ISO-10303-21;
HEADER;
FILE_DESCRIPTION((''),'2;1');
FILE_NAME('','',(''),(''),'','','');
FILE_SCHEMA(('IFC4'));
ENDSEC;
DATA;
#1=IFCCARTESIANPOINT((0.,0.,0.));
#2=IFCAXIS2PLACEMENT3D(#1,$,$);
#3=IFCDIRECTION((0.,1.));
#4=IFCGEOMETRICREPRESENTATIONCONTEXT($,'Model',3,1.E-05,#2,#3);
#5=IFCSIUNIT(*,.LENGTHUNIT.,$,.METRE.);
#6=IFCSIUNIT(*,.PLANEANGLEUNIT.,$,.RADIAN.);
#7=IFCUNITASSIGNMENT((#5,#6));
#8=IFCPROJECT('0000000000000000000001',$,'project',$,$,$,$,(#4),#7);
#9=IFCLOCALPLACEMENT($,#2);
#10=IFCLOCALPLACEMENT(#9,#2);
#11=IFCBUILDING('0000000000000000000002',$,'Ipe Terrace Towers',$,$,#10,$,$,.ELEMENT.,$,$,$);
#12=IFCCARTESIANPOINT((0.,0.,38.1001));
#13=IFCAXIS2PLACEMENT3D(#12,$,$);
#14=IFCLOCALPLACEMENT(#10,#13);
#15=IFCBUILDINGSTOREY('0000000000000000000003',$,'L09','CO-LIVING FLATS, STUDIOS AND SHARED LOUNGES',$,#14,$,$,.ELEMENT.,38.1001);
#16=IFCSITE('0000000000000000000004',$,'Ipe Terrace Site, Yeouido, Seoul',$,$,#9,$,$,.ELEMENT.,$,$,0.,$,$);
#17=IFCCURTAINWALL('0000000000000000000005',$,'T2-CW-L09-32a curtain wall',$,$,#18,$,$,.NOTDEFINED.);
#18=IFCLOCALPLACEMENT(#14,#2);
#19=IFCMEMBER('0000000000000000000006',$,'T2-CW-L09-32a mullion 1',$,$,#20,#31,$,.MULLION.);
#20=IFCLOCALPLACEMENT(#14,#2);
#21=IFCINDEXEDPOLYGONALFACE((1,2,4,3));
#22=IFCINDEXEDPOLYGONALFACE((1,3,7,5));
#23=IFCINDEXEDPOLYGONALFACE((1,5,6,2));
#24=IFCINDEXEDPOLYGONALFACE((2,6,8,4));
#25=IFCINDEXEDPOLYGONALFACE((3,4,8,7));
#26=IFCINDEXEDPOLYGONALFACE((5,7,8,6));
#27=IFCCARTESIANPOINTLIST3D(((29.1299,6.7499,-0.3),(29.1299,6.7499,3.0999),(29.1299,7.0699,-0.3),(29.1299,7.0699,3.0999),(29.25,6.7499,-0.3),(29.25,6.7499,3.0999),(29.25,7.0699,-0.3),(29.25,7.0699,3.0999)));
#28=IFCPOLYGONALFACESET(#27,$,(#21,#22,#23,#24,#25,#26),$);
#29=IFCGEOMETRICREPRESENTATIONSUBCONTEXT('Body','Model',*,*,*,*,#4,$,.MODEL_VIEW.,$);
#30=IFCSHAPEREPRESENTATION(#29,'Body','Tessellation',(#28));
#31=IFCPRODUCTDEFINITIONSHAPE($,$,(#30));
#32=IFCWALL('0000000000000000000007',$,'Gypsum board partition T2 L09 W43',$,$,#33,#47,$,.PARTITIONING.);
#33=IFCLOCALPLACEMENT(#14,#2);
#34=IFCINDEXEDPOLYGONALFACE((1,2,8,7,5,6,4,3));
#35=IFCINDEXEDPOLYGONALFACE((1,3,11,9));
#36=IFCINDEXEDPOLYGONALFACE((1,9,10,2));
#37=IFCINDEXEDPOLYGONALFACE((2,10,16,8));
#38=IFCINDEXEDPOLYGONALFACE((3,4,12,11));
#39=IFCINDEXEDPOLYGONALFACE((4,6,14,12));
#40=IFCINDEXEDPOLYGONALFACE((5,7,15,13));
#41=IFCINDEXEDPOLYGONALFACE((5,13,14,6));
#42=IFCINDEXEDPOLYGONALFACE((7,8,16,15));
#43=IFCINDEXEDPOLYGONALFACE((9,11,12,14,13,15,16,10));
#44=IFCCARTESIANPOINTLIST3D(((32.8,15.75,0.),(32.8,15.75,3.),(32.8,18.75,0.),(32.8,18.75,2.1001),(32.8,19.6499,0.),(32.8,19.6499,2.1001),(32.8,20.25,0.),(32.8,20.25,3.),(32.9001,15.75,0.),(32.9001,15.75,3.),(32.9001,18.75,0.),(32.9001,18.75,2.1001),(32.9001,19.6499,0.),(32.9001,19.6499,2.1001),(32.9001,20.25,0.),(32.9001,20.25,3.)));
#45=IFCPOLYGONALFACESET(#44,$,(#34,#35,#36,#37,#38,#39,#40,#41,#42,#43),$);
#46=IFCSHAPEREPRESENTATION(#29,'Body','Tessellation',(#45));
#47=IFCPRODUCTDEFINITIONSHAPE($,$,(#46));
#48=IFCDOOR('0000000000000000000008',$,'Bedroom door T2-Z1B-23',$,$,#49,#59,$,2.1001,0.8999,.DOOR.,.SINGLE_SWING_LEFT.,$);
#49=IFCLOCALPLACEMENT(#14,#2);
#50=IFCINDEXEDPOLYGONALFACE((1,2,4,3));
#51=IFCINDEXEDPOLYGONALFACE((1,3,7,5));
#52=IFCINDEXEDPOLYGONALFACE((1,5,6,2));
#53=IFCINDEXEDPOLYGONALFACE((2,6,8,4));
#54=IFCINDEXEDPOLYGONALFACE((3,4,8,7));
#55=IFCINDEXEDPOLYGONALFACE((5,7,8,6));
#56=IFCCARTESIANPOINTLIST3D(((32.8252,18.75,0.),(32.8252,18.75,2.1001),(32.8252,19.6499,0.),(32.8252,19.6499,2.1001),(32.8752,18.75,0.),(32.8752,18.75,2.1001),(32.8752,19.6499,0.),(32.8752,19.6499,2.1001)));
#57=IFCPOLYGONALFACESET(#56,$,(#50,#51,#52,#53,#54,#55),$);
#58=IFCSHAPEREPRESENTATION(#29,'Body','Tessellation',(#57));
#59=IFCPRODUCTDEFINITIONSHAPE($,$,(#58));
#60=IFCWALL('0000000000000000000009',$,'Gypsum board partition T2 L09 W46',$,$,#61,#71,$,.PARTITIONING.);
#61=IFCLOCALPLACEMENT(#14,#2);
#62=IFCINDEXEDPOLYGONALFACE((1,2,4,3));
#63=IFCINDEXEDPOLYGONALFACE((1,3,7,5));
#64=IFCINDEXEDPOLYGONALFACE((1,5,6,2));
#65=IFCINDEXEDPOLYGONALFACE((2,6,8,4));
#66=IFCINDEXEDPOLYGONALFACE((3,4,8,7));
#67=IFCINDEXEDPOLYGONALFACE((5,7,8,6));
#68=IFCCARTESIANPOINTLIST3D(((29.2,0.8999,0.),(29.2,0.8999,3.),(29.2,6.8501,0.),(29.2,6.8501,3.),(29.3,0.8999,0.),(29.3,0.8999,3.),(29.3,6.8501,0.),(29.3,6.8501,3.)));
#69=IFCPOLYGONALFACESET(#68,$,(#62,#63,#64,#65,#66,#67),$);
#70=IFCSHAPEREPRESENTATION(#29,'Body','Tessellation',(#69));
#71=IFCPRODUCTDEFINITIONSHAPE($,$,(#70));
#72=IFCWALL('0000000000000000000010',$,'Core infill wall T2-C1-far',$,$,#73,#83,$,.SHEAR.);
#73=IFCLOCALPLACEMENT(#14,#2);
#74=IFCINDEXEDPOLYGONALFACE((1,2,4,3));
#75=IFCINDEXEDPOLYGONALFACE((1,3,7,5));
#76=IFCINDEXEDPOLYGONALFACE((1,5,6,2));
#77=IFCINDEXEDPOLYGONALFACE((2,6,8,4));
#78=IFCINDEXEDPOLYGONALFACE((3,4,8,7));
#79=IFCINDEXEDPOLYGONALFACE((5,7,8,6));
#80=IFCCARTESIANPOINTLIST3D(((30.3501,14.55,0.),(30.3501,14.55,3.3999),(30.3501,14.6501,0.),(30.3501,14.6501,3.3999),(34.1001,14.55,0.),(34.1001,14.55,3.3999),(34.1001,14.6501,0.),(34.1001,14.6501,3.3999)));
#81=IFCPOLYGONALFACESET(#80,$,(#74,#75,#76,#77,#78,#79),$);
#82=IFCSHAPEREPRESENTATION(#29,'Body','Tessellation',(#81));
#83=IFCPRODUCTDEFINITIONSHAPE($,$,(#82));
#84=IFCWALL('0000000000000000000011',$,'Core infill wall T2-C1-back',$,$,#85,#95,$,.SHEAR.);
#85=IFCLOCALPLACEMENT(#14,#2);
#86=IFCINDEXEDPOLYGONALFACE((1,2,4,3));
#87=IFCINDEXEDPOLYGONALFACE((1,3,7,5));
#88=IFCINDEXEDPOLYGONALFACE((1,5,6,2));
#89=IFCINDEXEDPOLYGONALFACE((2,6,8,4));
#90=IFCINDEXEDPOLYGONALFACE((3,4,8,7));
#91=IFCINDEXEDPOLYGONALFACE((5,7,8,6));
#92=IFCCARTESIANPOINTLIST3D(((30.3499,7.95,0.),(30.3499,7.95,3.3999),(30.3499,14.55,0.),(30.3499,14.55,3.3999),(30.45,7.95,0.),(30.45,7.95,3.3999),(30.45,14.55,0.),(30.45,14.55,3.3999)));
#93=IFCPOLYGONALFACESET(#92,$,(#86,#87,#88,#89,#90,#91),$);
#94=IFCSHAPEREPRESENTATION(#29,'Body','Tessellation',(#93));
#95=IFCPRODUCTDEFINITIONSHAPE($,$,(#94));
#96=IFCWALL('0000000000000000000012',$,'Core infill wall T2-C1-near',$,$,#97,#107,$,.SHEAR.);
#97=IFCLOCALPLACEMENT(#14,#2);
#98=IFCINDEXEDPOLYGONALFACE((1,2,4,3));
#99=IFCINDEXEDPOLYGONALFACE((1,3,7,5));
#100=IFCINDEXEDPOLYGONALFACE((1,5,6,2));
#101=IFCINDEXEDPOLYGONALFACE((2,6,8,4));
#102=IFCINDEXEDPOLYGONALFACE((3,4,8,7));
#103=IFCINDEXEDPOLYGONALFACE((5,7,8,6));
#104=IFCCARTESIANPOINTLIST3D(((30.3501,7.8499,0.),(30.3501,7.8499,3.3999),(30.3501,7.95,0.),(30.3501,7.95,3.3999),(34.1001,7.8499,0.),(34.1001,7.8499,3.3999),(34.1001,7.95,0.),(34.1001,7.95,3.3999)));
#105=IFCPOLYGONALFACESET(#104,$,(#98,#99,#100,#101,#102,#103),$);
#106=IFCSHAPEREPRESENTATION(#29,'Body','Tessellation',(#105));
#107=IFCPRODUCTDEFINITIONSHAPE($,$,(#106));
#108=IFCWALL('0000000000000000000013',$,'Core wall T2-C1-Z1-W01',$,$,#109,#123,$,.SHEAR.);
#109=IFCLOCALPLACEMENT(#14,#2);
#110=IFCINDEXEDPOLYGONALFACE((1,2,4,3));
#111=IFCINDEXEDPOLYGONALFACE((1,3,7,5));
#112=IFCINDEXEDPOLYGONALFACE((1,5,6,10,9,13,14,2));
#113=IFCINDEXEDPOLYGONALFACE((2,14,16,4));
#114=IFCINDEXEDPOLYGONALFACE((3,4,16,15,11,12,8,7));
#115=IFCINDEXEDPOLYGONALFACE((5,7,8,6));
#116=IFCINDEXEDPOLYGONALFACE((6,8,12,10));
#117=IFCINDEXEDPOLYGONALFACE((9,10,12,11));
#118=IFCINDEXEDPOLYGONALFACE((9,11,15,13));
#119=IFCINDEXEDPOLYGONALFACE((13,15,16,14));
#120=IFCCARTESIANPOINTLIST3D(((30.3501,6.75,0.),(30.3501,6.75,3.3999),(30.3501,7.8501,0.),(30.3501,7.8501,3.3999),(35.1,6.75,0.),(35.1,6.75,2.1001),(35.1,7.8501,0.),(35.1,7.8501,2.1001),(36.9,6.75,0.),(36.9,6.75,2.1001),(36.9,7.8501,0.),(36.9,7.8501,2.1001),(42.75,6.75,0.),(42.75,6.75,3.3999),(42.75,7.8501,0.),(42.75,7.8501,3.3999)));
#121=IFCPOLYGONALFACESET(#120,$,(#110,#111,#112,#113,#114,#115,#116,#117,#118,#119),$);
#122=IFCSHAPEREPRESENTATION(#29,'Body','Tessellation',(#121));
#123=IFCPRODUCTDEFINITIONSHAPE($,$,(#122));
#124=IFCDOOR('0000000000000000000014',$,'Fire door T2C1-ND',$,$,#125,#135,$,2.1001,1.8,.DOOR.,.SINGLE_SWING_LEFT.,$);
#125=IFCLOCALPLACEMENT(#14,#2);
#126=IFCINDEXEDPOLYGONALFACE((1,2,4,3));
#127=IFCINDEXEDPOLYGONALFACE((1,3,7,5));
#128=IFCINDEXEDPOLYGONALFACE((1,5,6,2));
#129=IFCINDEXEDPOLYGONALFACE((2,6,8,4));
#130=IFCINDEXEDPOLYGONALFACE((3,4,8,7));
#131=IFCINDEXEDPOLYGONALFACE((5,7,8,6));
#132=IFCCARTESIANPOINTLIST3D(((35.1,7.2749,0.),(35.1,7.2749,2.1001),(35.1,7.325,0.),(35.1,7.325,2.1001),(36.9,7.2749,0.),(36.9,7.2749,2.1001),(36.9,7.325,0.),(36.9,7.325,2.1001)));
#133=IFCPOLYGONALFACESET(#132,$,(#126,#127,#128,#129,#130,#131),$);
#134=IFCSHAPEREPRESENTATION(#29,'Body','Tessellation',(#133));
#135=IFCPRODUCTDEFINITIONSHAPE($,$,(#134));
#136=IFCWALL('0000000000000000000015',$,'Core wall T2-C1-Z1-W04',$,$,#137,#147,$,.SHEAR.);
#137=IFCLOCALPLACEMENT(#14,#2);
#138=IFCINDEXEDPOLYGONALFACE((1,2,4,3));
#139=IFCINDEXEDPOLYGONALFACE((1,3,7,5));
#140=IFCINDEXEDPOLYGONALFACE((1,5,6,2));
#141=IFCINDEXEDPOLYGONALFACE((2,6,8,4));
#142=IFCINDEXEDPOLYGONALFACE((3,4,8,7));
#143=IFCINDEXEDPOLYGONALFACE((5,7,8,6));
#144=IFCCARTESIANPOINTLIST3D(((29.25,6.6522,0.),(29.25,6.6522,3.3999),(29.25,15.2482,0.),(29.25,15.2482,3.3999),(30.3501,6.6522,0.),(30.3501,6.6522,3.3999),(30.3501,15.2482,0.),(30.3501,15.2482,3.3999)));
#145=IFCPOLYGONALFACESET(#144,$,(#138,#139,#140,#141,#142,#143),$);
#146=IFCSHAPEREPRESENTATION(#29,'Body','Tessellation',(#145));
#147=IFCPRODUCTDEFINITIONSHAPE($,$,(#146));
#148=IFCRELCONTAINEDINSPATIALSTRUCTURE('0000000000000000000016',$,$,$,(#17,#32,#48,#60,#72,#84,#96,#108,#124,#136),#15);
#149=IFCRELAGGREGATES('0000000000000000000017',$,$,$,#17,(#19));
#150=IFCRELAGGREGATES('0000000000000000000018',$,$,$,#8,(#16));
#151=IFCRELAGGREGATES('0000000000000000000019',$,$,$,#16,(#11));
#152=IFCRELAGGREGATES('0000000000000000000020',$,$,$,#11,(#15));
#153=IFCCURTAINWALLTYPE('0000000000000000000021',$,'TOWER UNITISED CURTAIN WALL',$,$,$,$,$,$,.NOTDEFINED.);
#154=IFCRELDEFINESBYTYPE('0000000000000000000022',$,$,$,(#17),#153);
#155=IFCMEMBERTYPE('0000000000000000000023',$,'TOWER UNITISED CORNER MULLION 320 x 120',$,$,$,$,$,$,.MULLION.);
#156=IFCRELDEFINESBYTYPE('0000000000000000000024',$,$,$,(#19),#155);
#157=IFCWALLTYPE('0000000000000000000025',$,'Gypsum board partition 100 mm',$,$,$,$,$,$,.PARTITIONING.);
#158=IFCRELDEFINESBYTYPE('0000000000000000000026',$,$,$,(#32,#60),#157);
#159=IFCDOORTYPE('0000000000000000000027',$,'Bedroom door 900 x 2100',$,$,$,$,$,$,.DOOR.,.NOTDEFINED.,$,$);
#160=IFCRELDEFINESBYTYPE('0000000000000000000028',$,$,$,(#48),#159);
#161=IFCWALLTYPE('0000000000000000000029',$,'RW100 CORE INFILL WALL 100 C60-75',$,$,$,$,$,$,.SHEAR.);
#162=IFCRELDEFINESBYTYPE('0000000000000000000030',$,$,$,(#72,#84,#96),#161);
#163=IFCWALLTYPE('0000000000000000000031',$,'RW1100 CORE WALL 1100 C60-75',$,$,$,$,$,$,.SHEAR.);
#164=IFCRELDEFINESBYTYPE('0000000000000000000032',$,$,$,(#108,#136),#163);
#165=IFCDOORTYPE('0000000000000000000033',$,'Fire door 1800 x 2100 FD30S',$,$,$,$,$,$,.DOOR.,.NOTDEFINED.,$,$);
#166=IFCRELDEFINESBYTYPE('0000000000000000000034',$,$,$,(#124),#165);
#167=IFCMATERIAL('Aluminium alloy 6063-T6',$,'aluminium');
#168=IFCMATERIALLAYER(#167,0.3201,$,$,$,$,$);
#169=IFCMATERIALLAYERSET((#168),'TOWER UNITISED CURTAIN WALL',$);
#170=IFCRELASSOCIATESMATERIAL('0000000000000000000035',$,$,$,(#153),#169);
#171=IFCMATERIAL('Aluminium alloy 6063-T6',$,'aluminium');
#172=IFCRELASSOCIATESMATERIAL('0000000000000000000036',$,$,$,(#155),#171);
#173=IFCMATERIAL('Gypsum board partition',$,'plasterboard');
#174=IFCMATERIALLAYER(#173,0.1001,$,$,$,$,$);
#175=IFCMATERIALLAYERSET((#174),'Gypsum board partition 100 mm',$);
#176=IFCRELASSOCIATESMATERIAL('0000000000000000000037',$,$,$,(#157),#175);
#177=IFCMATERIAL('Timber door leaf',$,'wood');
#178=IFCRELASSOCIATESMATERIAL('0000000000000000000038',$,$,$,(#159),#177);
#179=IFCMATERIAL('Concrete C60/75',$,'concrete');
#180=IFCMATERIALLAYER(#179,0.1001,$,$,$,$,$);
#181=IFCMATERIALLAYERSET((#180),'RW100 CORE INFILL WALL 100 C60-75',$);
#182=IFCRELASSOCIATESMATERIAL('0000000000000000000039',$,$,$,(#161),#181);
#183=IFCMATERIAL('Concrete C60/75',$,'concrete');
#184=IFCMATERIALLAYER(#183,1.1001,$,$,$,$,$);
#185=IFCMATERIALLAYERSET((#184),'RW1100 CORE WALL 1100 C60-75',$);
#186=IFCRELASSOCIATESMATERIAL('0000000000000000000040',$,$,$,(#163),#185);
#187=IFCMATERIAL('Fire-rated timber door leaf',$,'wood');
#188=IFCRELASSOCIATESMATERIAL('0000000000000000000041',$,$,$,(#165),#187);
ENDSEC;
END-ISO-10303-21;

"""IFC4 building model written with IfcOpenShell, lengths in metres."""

from ifc_helpers import new_model, si_unit, direction, frame, frame_2d, origin, origin_2d, place, context, subcontext, project, spatial, rectangle, extrude, material, layer, layer_set, material_profile, profile_set, type_object, element, fill, aggregate, save


model = new_model("IFC4")

# Units and contexts
model_context = context("Model", 3, precision=1e-05, world=origin(), true_north=direction((0.0, 1.0)))
body_context = subcontext(model_context, "Body", "Model", "MODEL_VIEW")
ifc_project = project(units=[si_unit("LENGTHUNIT", "METRE"), si_unit("PLANEANGLEUNIT", "RADIAN")], contexts=[model_context])

# Site, building, storey
site_placement = place(None, origin())
site = spatial("IfcSite", under=ifc_project, at=site_placement, Name="Ipe Terrace Site, Yeouido, Seoul", CompositionType="ELEMENT", RefElevation=0.0)
building_placement = place(site_placement, origin())
building = spatial("IfcBuilding", under=site, at=building_placement, Name="Ipe Terrace Towers", CompositionType="ELEMENT")
storey_placement = place(building_placement, frame((0.0, 0.0, 38.1001)))
storey = spatial("IfcBuildingStorey", under=building, at=storey_placement, Name="L09", Description="CO-LIVING FLATS, STUDIOS AND SHARED LOUNGES", CompositionType="ELEMENT", Elevation=38.1001)

# Curtain wall, member
ifc_material_1 = material(Name="Aluminium alloy 6063-T6", Category="aluminium")
ifc_layer_1 = layer(ifc_material_1, 0.3201)
ifc_layer_set_1 = layer_set([ifc_layer_1], Name="TOWER UNITISED CURTAIN WALL")
curtain_wall_type = type_object("IfcCurtainWallType", Name="TOWER UNITISED CURTAIN WALL", PredefinedType="NOTDEFINED", material=ifc_layer_set_1)
curtain_wall_placement = place(storey_placement, origin())
curtain_wall = element("IfcCurtainWall", 1, at=curtain_wall_placement, inside=storey, type_object=curtain_wall_type, Name="T2-CW-L09-32a curtain wall", PredefinedType="NOTDEFINED")
ifc_material_2 = material(Name="Aluminium alloy 6063-T6", Category="aluminium")
ifc_material_profile_1 = material_profile(ifc_material_2, rectangle(XDim=0.3201, YDim=0.1201, at=origin_2d()), Name="TOWER UNITISED CORNER MULLION 320 x 120")
ifc_profile_set_1 = profile_set([ifc_material_profile_1], Name="Aluminium alloy 6063-T6")
member_type = type_object("IfcMemberType", Name="TOWER UNITISED CORNER MULLION 320 x 120", PredefinedType="MULLION", material=ifc_profile_set_1)
member_placement = place(storey_placement, frame((29.1899, 6.9099, -0.3), z_axis=(0.0, 0.0, 1.0), x_axis=(0.0, 1.0, 0.0)))
member = element("IfcMember", 2, at=member_placement, type_object=member_type, Name="T2-CW-L09-32a mullion 1", PredefinedType="MULLION", context=body_context, shape_type="SweptSolid", body=[
    extrude(rectangle(XDim=0.3201, YDim=0.1201, at=origin_2d()), origin(), (0.0, 0.0, 1.0), 3.3999),
])
aggregate(curtain_wall, [member])

# Wall, opening, door
ifc_material_3 = material(Name="Gypsum board partition", Category="plasterboard")
ifc_layer_2 = layer(ifc_material_3, 0.1001)
ifc_layer_set_2 = layer_set([ifc_layer_2], Name="Gypsum board partition 100 mm")
wall_type_1 = type_object("IfcWallType", Name="Gypsum board partition 100 mm", PredefinedType="PARTITIONING", material=ifc_layer_set_2)
wall_1_placement = place(storey_placement, frame((32.8501, 15.75, 0.0), z_axis=(0.0, 0.0, 1.0), x_axis=(0.0, 1.0, 0.0)))
wall_1 = element("IfcWall", 3, at=wall_1_placement, inside=storey, type_object=wall_type_1, Name="Gypsum board partition T2 L09 W43", PredefinedType="PARTITIONING", context=body_context, shape_type="SweptSolid", body=[
    extrude(rectangle(XDim=4.5, YDim=0.1001, at=frame_2d((2.25, 0.0))), origin(), (0.0, 0.0, 1.0), 3.0),
])
opening_1_placement = place(wall_1_placement, frame((3.0, 0.0, 0.0)))
opening_1 = element("IfcOpeningElement", 4, at=opening_1_placement, cuts=wall_1, PredefinedType="OPENING", context=body_context, shape_type="SweptSolid", body=[
    extrude(rectangle(XDim=0.8999, YDim=2.1001, at=frame_2d((0.45, 1.05))), frame((0.0, 0.0601, 0.0), z_axis=(0.0, -1.0, 0.0), x_axis=(1.0, 0.0, 0.0)), (0.0, 0.0, 1.0), 0.1201),
])
ifc_material_4 = material(Name="Timber door leaf", Category="wood")
door_type_1 = type_object("IfcDoorType", Name="Bedroom door 900 x 2100", OperationType="NOTDEFINED", PredefinedType="DOOR", material=ifc_material_4)
door_1_placement = place(opening_1_placement, origin())
door_1 = element("IfcDoor", 5, at=door_1_placement, inside=storey, type_object=door_type_1, Name="Bedroom door T2-Z1B-23", OperationType="SINGLE_SWING_LEFT", OverallHeight=2.1001, OverallWidth=0.8999, PredefinedType="DOOR", context=body_context, shape_type="SweptSolid", body=[
    extrude(rectangle(XDim=0.8999, YDim=2.1001, at=frame_2d((0.45, 1.05))), frame((0.0, 0.0249, 0.0), z_axis=(0.0, -1.0, 0.0), x_axis=(1.0, 0.0, 0.0)), (0.0, 0.0, 1.0), 0.05),
])
fill(opening_1, door_1)

# Walls
wall_2_placement = place(storey_placement, frame((29.25, 0.8999, 0.0), z_axis=(0.0, 0.0, 1.0), x_axis=(0.0, 1.0, 0.0)))
element("IfcWall", 6, at=wall_2_placement, inside=storey, type_object=wall_type_1, Name="Gypsum board partition T2 L09 W46", PredefinedType="PARTITIONING", context=body_context, shape_type="SweptSolid", body=[
    extrude(rectangle(XDim=5.9502, YDim=0.1001, at=frame_2d((2.9751, 0.0))), origin(), (0.0, 0.0, 1.0), 3.0),
])
ifc_material_5 = material(Name="Concrete C60/75", Category="concrete")
ifc_layer_3 = layer(ifc_material_5, 0.1001)
ifc_layer_set_3 = layer_set([ifc_layer_3], Name="RW100 CORE INFILL WALL 100 C60-75")
wall_type_2 = type_object("IfcWallType", Name="RW100 CORE INFILL WALL 100 C60-75", PredefinedType="SHEAR", material=ifc_layer_set_3)
wall_3_placement = place(storey_placement, frame((34.1001, 14.6001, 0.0), z_axis=(0.0, 0.0, 1.0), x_axis=(-1.0, 0.0, 0.0)))
element("IfcWall", 7, at=wall_3_placement, inside=storey, type_object=wall_type_2, Name="Core infill wall T2-C1-far", PredefinedType="SHEAR", context=body_context, shape_type="SweptSolid", body=[
    extrude(rectangle(XDim=3.75, YDim=0.1001, at=frame_2d((1.875, 0.0))), origin(), (0.0, 0.0, 1.0), 3.3999),
])
wall_4_placement = place(storey_placement, frame((30.3999, 7.95, 0.0), z_axis=(0.0, 0.0, 1.0), x_axis=(0.0, 1.0, 0.0)))
element("IfcWall", 8, at=wall_4_placement, inside=storey, type_object=wall_type_2, Name="Core infill wall T2-C1-back", PredefinedType="SHEAR", context=body_context, shape_type="SweptSolid", body=[
    extrude(rectangle(XDim=6.6001, YDim=0.1001, at=frame_2d((3.3, 0.0))), origin(), (0.0, 0.0, 1.0), 3.3999),
])
wall_5_placement = place(storey_placement, frame((34.1001, 7.8999, 0.0), z_axis=(0.0, 0.0, 1.0), x_axis=(-1.0, 0.0, 0.0)))
element("IfcWall", 9, at=wall_5_placement, inside=storey, type_object=wall_type_2, Name="Core infill wall T2-C1-near", PredefinedType="SHEAR", context=body_context, shape_type="SweptSolid", body=[
    extrude(rectangle(XDim=3.75, YDim=0.1001, at=frame_2d((1.875, 0.0))), origin(), (0.0, 0.0, 1.0), 3.3999),
])

# Wall, opening, door
ifc_material_6 = material(Name="Concrete C60/75", Category="concrete")
ifc_layer_4 = layer(ifc_material_6, 1.1001)
ifc_layer_set_4 = layer_set([ifc_layer_4], Name="RW1100 CORE WALL 1100 C60-75")
wall_type_3 = type_object("IfcWallType", Name="RW1100 CORE WALL 1100 C60-75", PredefinedType="SHEAR", material=ifc_layer_set_4)
wall_6_placement = place(storey_placement, frame((30.3501, 7.3, 0.0), z_axis=(0.0, 0.0, 1.0), x_axis=(1.0, 0.0, 0.0)))
wall_6 = element("IfcWall", 10, at=wall_6_placement, inside=storey, type_object=wall_type_3, Name="Core wall T2-C1-Z1-W01", PredefinedType="SHEAR", context=body_context, shape_type="SweptSolid", body=[
    extrude(rectangle(XDim=12.3999, YDim=1.1001, at=frame_2d((6.2, 0.0))), origin(), (0.0, 0.0, 1.0), 3.3999),
])
opening_2_placement = place(wall_6_placement, frame((4.75, 0.0, 0.0)))
opening_2 = element("IfcOpeningElement", 11, at=opening_2_placement, cuts=wall_6, PredefinedType="OPENING", context=body_context, shape_type="SweptSolid", body=[
    extrude(rectangle(XDim=1.8, YDim=2.1001, at=frame_2d((0.8999, 1.05))), frame((0.0, 0.5601, 0.0), z_axis=(0.0, -1.0, 0.0), x_axis=(1.0, 0.0, 0.0)), (0.0, 0.0, 1.0), 1.1201),
])
ifc_material_7 = material(Name="Fire-rated timber door leaf", Category="wood")
door_type_2 = type_object("IfcDoorType", Name="Fire door 1800 x 2100 FD30S", OperationType="NOTDEFINED", PredefinedType="DOOR", material=ifc_material_7)
door_2_placement = place(opening_2_placement, origin())
door_2 = element("IfcDoor", 12, at=door_2_placement, inside=storey, type_object=door_type_2, Name="Fire door T2C1-ND", OperationType="SINGLE_SWING_LEFT", OverallHeight=2.1001, OverallWidth=1.8, PredefinedType="DOOR", context=body_context, shape_type="SweptSolid", body=[
    extrude(rectangle(XDim=1.8, YDim=2.1001, at=frame_2d((0.8999, 1.05))), frame((0.0, 0.0249, 0.0), z_axis=(0.0, -1.0, 0.0), x_axis=(1.0, 0.0, 0.0)), (0.0, 0.0, 1.0), 0.05),
])
fill(opening_2, door_2)

# Wall
wall_7_placement = place(storey_placement, frame((29.8, 15.248, 0.0), z_axis=(0.0, 0.0, 1.0), x_axis=(0.0, -1.0, 0.0)))
element("IfcWall", 13, at=wall_7_placement, inside=storey, type_object=wall_type_3, Name="Core wall T2-C1-Z1-W04", PredefinedType="SHEAR", context=body_context, shape_type="SweptSolid", body=[
    extrude(rectangle(XDim=8.5959, YDim=1.1001, at=frame_2d((4.2979, 0.0))), origin(), (0.0, 0.0, 1.0), 3.3999),
])

save(model, "model.ifc")
